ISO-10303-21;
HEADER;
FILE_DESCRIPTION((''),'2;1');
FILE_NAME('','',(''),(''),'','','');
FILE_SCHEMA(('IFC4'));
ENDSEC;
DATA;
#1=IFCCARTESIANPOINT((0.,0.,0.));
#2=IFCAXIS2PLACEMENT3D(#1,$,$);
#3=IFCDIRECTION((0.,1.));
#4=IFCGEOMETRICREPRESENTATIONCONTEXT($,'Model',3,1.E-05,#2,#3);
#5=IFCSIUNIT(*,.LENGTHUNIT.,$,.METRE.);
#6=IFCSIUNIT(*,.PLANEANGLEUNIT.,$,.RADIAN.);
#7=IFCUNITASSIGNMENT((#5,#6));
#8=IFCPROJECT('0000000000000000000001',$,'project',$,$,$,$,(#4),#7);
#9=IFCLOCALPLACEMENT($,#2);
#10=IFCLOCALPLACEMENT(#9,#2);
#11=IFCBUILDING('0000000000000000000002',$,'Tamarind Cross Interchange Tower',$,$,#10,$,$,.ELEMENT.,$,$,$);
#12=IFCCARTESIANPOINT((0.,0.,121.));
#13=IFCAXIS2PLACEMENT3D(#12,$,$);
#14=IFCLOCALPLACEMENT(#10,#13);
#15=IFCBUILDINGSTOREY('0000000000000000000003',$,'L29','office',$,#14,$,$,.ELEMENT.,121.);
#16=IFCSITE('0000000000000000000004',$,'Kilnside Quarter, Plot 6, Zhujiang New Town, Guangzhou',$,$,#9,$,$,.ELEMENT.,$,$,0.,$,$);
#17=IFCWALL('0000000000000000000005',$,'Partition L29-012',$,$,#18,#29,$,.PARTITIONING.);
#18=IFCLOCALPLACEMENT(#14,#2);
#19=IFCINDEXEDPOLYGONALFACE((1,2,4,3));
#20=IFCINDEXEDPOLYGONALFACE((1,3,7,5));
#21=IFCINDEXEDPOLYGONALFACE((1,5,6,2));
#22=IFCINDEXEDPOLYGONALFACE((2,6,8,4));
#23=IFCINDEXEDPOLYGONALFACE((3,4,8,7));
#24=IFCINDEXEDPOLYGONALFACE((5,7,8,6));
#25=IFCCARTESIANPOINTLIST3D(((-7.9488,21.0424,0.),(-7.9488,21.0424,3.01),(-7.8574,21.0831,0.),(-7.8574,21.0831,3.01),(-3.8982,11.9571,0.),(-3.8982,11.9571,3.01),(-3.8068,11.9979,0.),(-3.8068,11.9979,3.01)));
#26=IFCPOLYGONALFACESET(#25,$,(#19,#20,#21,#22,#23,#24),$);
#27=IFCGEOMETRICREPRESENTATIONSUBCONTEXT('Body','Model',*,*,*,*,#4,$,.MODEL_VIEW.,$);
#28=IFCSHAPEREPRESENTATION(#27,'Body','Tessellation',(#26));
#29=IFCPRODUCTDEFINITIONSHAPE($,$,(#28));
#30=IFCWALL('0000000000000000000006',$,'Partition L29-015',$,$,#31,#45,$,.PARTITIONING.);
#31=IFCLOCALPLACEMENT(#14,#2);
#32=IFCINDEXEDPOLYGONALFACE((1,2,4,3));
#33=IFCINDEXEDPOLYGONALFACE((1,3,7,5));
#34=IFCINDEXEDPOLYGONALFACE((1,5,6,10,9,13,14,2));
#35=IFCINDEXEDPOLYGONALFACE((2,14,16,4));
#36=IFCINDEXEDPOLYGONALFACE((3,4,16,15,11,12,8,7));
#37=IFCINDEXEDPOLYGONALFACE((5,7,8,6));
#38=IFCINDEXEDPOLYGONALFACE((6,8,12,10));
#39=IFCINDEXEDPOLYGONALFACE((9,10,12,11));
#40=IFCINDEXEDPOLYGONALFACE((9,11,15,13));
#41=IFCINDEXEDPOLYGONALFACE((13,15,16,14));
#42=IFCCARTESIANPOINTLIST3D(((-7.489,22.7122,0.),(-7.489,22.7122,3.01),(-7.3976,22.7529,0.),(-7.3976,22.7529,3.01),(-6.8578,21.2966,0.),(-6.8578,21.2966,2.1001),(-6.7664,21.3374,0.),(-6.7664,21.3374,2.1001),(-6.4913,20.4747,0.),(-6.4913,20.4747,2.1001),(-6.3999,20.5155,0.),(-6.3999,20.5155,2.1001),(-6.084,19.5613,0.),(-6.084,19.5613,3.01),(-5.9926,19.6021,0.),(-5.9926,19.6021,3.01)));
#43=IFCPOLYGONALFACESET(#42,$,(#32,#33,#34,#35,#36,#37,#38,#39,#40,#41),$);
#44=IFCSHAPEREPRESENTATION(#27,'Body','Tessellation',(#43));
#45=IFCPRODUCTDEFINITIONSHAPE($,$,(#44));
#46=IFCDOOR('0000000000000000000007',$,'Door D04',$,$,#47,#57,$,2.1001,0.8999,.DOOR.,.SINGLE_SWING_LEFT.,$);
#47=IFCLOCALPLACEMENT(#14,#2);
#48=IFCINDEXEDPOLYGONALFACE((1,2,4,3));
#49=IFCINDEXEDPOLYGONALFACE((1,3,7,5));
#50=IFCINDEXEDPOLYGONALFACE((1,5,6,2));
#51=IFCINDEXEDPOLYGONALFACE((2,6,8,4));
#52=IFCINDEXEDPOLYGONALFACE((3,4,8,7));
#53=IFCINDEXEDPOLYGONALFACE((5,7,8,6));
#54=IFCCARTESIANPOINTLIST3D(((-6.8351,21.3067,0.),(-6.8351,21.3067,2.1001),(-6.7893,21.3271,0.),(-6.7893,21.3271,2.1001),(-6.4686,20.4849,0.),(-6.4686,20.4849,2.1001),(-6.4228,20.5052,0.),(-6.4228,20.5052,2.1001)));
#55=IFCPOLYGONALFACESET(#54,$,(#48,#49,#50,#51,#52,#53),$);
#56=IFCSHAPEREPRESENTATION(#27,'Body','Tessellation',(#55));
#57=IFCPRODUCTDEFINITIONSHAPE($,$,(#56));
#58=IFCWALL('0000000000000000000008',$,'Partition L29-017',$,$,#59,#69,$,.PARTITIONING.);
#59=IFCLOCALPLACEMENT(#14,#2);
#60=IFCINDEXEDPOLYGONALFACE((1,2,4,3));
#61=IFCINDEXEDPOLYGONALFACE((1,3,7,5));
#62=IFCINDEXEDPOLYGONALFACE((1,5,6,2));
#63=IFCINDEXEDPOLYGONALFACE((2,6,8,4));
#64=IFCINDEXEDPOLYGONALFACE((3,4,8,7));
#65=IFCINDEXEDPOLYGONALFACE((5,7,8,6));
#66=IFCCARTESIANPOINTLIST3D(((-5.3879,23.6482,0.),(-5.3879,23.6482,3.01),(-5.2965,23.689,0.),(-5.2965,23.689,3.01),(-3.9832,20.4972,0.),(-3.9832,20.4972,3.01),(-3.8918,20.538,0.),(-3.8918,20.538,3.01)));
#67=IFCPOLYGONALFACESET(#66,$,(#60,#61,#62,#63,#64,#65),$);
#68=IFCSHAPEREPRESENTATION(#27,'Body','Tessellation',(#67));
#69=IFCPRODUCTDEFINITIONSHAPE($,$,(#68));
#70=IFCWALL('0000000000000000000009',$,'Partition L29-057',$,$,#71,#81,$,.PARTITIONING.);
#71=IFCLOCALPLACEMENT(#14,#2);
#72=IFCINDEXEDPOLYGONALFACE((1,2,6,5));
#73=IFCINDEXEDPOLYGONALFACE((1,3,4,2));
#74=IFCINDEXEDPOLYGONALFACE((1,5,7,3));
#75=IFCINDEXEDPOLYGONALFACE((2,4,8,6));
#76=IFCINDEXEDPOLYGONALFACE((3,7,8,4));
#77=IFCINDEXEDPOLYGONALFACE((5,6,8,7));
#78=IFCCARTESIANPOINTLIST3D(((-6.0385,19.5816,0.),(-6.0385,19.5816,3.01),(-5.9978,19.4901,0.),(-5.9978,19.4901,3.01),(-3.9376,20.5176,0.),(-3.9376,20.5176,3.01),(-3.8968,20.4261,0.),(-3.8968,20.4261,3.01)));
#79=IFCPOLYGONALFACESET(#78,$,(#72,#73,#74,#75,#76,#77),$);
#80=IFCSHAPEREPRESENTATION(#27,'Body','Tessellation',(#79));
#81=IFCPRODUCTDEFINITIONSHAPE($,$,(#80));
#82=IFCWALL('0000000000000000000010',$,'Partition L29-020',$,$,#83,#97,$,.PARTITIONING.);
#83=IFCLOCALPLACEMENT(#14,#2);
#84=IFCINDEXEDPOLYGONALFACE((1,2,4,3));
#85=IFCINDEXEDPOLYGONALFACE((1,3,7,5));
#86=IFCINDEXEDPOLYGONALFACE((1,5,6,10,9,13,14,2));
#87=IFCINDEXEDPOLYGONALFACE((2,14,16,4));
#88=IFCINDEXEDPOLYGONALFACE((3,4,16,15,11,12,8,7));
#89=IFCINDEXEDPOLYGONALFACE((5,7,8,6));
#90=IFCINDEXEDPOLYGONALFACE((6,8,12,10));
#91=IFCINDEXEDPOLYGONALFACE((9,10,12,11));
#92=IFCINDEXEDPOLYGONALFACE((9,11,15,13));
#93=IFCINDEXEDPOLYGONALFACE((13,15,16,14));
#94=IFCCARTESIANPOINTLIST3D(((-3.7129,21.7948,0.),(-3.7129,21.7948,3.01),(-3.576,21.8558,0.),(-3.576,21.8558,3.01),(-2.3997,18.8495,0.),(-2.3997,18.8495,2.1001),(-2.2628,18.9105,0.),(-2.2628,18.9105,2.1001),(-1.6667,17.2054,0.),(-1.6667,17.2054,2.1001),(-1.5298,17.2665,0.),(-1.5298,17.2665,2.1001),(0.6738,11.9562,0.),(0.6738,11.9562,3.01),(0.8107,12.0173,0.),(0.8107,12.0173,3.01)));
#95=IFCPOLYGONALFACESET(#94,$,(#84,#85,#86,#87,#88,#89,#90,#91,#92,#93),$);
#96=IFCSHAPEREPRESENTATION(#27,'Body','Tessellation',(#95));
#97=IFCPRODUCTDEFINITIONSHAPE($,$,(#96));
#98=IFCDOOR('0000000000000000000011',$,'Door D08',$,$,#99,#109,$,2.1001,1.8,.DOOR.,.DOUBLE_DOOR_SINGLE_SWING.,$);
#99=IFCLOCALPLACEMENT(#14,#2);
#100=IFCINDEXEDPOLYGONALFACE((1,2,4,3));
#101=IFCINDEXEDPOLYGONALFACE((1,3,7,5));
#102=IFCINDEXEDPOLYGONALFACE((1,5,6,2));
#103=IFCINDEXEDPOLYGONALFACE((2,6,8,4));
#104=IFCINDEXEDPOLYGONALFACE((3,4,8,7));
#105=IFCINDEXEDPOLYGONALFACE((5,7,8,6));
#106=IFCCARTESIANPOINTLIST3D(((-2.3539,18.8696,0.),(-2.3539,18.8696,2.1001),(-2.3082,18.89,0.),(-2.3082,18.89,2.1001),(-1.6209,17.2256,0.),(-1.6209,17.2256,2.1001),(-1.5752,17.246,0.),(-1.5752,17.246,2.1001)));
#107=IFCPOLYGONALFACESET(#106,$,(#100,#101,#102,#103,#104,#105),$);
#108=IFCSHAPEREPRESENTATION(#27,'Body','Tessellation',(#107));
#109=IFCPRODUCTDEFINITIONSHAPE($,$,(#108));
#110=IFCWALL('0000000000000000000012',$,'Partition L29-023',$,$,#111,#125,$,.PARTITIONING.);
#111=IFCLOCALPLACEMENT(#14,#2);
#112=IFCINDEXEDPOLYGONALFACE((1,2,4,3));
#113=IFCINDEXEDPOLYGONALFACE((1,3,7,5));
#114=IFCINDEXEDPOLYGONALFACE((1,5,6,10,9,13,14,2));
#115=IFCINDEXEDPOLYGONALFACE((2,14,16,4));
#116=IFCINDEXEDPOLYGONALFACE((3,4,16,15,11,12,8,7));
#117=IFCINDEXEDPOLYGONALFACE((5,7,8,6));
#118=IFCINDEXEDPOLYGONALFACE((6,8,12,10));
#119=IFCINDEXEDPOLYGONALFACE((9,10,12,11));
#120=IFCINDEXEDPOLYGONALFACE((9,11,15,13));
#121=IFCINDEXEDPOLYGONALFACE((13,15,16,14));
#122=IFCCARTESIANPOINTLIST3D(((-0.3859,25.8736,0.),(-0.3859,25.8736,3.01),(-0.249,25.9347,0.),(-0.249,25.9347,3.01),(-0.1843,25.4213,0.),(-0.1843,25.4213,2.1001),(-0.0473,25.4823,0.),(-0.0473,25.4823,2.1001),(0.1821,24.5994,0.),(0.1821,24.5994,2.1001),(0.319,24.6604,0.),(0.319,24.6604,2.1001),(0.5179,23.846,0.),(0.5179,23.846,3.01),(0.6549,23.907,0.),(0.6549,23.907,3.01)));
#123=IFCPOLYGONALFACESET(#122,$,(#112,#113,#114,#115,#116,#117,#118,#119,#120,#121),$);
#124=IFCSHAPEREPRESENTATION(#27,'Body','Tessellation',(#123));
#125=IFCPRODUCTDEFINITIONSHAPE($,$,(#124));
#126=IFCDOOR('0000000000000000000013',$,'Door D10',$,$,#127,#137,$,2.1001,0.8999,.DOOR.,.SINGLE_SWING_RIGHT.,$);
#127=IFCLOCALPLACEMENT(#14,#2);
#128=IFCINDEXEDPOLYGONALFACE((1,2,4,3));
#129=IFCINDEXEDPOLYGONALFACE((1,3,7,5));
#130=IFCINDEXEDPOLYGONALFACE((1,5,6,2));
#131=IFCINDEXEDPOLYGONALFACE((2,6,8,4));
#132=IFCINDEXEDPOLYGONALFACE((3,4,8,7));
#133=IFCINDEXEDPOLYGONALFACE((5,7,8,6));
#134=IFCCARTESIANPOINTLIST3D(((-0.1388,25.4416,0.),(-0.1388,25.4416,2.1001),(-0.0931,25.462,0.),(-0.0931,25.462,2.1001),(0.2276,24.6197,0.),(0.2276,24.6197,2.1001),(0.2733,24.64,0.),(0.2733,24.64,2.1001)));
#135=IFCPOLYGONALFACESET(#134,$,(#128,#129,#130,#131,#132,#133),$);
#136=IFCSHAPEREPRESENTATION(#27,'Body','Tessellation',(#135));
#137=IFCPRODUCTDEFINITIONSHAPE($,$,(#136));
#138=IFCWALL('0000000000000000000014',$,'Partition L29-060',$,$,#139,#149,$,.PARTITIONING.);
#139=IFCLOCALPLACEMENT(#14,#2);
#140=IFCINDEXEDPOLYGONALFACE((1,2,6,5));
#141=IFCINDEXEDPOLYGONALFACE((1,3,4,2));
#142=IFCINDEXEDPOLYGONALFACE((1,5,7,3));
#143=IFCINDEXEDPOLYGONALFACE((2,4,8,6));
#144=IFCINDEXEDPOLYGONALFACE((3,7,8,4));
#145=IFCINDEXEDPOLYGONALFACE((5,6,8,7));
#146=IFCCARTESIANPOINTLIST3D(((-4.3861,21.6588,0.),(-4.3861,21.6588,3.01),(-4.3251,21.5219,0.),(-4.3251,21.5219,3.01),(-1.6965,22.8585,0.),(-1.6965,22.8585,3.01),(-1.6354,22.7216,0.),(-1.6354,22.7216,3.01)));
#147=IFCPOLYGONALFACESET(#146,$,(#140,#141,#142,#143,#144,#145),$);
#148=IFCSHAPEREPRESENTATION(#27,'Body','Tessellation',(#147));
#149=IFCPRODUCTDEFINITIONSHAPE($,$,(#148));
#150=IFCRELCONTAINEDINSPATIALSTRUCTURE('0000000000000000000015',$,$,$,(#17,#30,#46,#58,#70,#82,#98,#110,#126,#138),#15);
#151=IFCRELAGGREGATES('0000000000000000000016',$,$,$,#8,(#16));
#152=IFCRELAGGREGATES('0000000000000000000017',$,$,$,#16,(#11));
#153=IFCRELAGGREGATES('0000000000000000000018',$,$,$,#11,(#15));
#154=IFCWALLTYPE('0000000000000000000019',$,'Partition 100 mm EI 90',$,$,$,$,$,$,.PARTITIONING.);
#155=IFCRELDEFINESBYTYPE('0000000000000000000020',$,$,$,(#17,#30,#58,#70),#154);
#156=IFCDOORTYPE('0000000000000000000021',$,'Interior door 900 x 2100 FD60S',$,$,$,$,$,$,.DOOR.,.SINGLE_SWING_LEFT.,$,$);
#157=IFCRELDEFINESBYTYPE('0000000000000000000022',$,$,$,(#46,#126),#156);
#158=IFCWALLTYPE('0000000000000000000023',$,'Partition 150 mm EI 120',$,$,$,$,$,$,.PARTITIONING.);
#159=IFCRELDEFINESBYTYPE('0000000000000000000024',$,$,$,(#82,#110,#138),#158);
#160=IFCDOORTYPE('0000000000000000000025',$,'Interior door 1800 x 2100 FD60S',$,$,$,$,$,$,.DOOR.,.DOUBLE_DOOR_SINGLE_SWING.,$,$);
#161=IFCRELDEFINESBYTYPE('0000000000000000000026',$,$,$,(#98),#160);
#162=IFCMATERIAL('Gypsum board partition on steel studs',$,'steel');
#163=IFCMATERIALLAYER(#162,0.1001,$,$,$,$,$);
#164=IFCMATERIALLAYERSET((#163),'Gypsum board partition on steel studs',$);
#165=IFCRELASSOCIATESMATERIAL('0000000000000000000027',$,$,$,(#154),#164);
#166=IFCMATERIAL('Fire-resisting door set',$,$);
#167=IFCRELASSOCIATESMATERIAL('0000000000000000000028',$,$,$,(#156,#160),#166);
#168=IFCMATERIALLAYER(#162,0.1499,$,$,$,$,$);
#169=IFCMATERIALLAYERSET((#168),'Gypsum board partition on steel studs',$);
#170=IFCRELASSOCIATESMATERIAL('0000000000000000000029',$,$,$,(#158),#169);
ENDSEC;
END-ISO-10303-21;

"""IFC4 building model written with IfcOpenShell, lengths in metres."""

from ifc_helpers import new_model, si_unit, direction, frame, frame_2d, origin, place, context, subcontext, project, spatial, rectangle, extrude, material, layer, layer_set, type_object, element, fill, save


model = new_model("IFC4")

# Units and contexts
model_context = context("Model", 3, precision=1e-05, world=origin(), true_north=direction((0.0, 1.0)))
body_context = subcontext(model_context, "Body", "Model", "MODEL_VIEW")
ifc_project = project(units=[si_unit("LENGTHUNIT", "METRE"), si_unit("PLANEANGLEUNIT", "RADIAN")], contexts=[model_context])

# Site, building, storey
site_placement = place(None, origin())
site = spatial("IfcSite", under=ifc_project, at=site_placement, Name="Kilnside Quarter, Plot 6, Zhujiang New Town, Guangzhou", CompositionType="ELEMENT", RefElevation=0.0)
building_placement = place(site_placement, origin())
building = spatial("IfcBuilding", under=site, at=building_placement, Name="Tamarind Cross Interchange Tower", CompositionType="ELEMENT")
storey_placement = place(building_placement, frame((0.0, 0.0, 121.0)))
storey = spatial("IfcBuildingStorey", under=building, at=storey_placement, Name="L29", Description="office", CompositionType="ELEMENT", Elevation=121.0)

# Wall
ifc_material_1 = material(Name="Gypsum board partition on steel studs", Category="steel")
ifc_layer_1 = layer(ifc_material_1, 0.1001)
ifc_layer_set_1 = layer_set([ifc_layer_1], Name="Gypsum board partition on steel studs")
wall_type_1 = type_object("IfcWallType", Name="Partition 100 mm EI 90", PredefinedType="PARTITIONING", material=ifc_layer_set_1)
wall_1_placement = place(storey_placement, frame((-7.9031, 21.0627, 0.0), z_axis=(0.0, 0.0, 1.0), x_axis=(0.407202, -0.913338, 0.0)))
element("IfcWall", 1, at=wall_1_placement, inside=storey, type_object=wall_type_1, Name="Partition L29-012", PredefinedType="PARTITIONING", context=body_context, shape_type="SweptSolid", body=[
    extrude(rectangle(XDim=9.9473, YDim=0.1001, at=frame_2d((4.9736, 0.0))), origin(), (0.0, 0.0, 1.0), 3.01),
])

# Wall, opening, door
wall_2_placement = place(storey_placement, frame((-7.4434, 22.7327, 0.0), z_axis=(0.0, 0.0, 1.0), x_axis=(0.407261, -0.913312, 0.0)))
wall_2 = element("IfcWall", 2, at=wall_2_placement, inside=storey, type_object=wall_type_1, Name="Partition L29-015", PredefinedType="PARTITIONING", context=body_context, shape_type="SweptSolid", body=[
    extrude(rectangle(XDim=3.45, YDim=0.1001, at=frame_2d((1.7251, 0.0))), origin(), (0.0, 0.0, 1.0), 3.01),
])
opening_1_placement = place(wall_2_placement, frame((1.55, 0.0, 0.0)))
opening_1 = element("IfcOpeningElement", 3, at=opening_1_placement, cuts=wall_2, PredefinedType="OPENING", context=body_context, shape_type="SweptSolid", body=[
    extrude(rectangle(XDim=0.8999, YDim=2.1001, at=frame_2d((0.45, 1.05))), frame((0.0, 0.0601, 0.0), z_axis=(0.0, -1.0, 0.0), x_axis=(1.0, 0.0, 0.0)), (0.0, 0.0, 1.0), 0.1201),
])
ifc_material_2 = material(Name="Fire-resisting door set")
door_type_1 = type_object("IfcDoorType", Name="Interior door 900 x 2100 FD60S", OperationType="SINGLE_SWING_LEFT", PredefinedType="DOOR", material=ifc_material_2)
door_1_placement = place(opening_1_placement, origin())
door_1 = element("IfcDoor", 4, at=door_1_placement, inside=storey, type_object=door_type_1, Name="Door D04", OperationType="SINGLE_SWING_LEFT", OverallHeight=2.1001, OverallWidth=0.8999, PredefinedType="DOOR", context=body_context, shape_type="SweptSolid", body=[
    extrude(rectangle(XDim=0.8999, YDim=2.1001, at=frame_2d((0.45, 1.05))), frame((0.0, 0.0249, 0.0), z_axis=(0.0, -1.0, 0.0), x_axis=(1.0, 0.0, 0.0)), (0.0, 0.0, 1.0), 0.05),
])
fill(opening_1, door_1)

# Walls
wall_3_placement = place(storey_placement, frame((-5.3423, 23.6687, 0.0), z_axis=(0.0, 0.0, 1.0), x_axis=(0.407176, -0.91335, 0.0)))
element("IfcWall", 5, at=wall_3_placement, inside=storey, type_object=wall_type_1, Name="Partition L29-017", PredefinedType="PARTITIONING", context=body_context, shape_type="SweptSolid", body=[
    extrude(rectangle(XDim=3.45, YDim=0.1001, at=frame_2d((1.7251, 0.0))), origin(), (0.0, 0.0, 1.0), 3.01),
])
wall_4_placement = place(storey_placement, frame((-6.0181, 19.5359, 0.0), z_axis=(0.0, 0.0, 1.0), x_axis=(0.913452, 0.406946, 0.0)))
element("IfcWall", 6, at=wall_4_placement, inside=storey, type_object=wall_type_1, Name="Partition L29-057", PredefinedType="PARTITIONING", context=body_context, shape_type="SweptSolid", body=[
    extrude(rectangle(XDim=2.3, YDim=0.1001, at=frame_2d((1.1499, 0.0))), origin(), (0.0, 0.0, 1.0), 3.01),
])

# Walls, openings, doors
ifc_layer_2 = layer(ifc_material_1, 0.1499)
ifc_layer_set_2 = layer_set([ifc_layer_2], Name="Gypsum board partition on steel studs")
wall_type_2 = type_object("IfcWallType", Name="Partition 150 mm EI 120", PredefinedType="PARTITIONING", material=ifc_layer_set_2)
wall_5_placement = place(storey_placement, frame((-3.6445, 21.8254, 0.0), z_axis=(0.0, 0.0, 1.0), x_axis=(0.407223, -0.913329, 0.0)))
wall_5 = element("IfcWall", 7, at=wall_5_placement, inside=storey, type_object=wall_type_2, Name="Partition L29-020", PredefinedType="PARTITIONING", context=body_context, shape_type="SweptSolid", body=[
    extrude(rectangle(XDim=10.7722, YDim=0.1499, at=frame_2d((5.3862, 0.0))), origin(), (0.0, 0.0, 1.0), 3.01),
])
opening_2_placement = place(wall_5_placement, frame((3.2251, 0.0, 0.0)))
opening_2 = element("IfcOpeningElement", 8, at=opening_2_placement, cuts=wall_5, PredefinedType="OPENING", context=body_context, shape_type="SweptSolid", body=[
    extrude(rectangle(XDim=1.8, YDim=2.1001, at=frame_2d((0.8999, 1.05))), frame((0.0, 0.085, 0.0), z_axis=(0.0, -1.0, 0.0), x_axis=(1.0, 0.0, 0.0)), (0.0, 0.0, 1.0), 0.1699),
])
door_type_2 = type_object("IfcDoorType", Name="Interior door 1800 x 2100 FD60S", OperationType="DOUBLE_DOOR_SINGLE_SWING", PredefinedType="DOOR", material=ifc_material_2)
door_2_placement = place(opening_2_placement, frame((1.8, 0.0, 0.0), z_axis=(0.0, 0.0, 1.0), x_axis=(-1.0, 0.0, 0.0)))
door_2 = element("IfcDoor", 9, at=door_2_placement, inside=storey, type_object=door_type_2, Name="Door D08", OperationType="DOUBLE_DOOR_SINGLE_SWING", OverallHeight=2.1001, OverallWidth=1.8, PredefinedType="DOOR", context=body_context, shape_type="SweptSolid", body=[
    extrude(rectangle(XDim=1.8, YDim=2.1001, at=frame_2d((0.8999, 1.05))), frame((0.0, 0.0249, 0.0), z_axis=(0.0, -1.0, 0.0), x_axis=(1.0, 0.0, 0.0)), (0.0, 0.0, 1.0), 0.05),
])
fill(opening_2, door_2)
wall_6_placement = place(storey_placement, frame((-0.3174, 25.9041, 0.0), z_axis=(0.0, 0.0, 1.0), x_axis=(0.407138, -0.913367, 0.0)))
wall_6 = element("IfcWall", 10, at=wall_6_placement, inside=storey, type_object=wall_type_2, Name="Partition L29-023", PredefinedType="PARTITIONING", context=body_context, shape_type="SweptSolid", body=[
    extrude(rectangle(XDim=2.22, YDim=0.1499, at=frame_2d((1.1099, 0.0))), origin(), (0.0, 0.0, 1.0), 3.01),
])
opening_3_placement = place(wall_6_placement, frame((0.4951, 0.0, 0.0)))
opening_3 = element("IfcOpeningElement", 11, at=opening_3_placement, cuts=wall_6, PredefinedType="OPENING", context=body_context, shape_type="SweptSolid", body=[
    extrude(rectangle(XDim=0.8999, YDim=2.1001, at=frame_2d((0.45, 1.05))), frame((0.0, 0.085, 0.0), z_axis=(0.0, -1.0, 0.0), x_axis=(1.0, 0.0, 0.0)), (0.0, 0.0, 1.0), 0.1699),
])
door_3_placement = place(opening_3_placement, origin())
door_3 = element("IfcDoor", 12, at=door_3_placement, inside=storey, type_object=door_type_1, Name="Door D10", OperationType="SINGLE_SWING_RIGHT", OverallHeight=2.1001, OverallWidth=0.8999, PredefinedType="DOOR", context=body_context, shape_type="SweptSolid", body=[
    extrude(rectangle(XDim=0.8999, YDim=2.1001, at=frame_2d((0.45, 1.05))), frame((0.0, 0.0249, 0.0), z_axis=(0.0, -1.0, 0.0), x_axis=(1.0, 0.0, 0.0)), (0.0, 0.0, 1.0), 0.05),
])
fill(opening_3, door_3)

# Wall
wall_7_placement = place(storey_placement, frame((-4.3557, 21.5903, 0.0), z_axis=(0.0, 0.0, 1.0), x_axis=(0.913271, 0.407353, 0.0)))
element("IfcWall", 13, at=wall_7_placement, inside=storey, type_object=wall_type_2, Name="Partition L29-060", PredefinedType="PARTITIONING", context=body_context, shape_type="SweptSolid", body=[
    extrude(rectangle(XDim=2.9451, YDim=0.1499, at=frame_2d((1.4727, 0.0))), origin(), (0.0, 0.0, 1.0), 3.01),
])

save(model, "model.ifc")
